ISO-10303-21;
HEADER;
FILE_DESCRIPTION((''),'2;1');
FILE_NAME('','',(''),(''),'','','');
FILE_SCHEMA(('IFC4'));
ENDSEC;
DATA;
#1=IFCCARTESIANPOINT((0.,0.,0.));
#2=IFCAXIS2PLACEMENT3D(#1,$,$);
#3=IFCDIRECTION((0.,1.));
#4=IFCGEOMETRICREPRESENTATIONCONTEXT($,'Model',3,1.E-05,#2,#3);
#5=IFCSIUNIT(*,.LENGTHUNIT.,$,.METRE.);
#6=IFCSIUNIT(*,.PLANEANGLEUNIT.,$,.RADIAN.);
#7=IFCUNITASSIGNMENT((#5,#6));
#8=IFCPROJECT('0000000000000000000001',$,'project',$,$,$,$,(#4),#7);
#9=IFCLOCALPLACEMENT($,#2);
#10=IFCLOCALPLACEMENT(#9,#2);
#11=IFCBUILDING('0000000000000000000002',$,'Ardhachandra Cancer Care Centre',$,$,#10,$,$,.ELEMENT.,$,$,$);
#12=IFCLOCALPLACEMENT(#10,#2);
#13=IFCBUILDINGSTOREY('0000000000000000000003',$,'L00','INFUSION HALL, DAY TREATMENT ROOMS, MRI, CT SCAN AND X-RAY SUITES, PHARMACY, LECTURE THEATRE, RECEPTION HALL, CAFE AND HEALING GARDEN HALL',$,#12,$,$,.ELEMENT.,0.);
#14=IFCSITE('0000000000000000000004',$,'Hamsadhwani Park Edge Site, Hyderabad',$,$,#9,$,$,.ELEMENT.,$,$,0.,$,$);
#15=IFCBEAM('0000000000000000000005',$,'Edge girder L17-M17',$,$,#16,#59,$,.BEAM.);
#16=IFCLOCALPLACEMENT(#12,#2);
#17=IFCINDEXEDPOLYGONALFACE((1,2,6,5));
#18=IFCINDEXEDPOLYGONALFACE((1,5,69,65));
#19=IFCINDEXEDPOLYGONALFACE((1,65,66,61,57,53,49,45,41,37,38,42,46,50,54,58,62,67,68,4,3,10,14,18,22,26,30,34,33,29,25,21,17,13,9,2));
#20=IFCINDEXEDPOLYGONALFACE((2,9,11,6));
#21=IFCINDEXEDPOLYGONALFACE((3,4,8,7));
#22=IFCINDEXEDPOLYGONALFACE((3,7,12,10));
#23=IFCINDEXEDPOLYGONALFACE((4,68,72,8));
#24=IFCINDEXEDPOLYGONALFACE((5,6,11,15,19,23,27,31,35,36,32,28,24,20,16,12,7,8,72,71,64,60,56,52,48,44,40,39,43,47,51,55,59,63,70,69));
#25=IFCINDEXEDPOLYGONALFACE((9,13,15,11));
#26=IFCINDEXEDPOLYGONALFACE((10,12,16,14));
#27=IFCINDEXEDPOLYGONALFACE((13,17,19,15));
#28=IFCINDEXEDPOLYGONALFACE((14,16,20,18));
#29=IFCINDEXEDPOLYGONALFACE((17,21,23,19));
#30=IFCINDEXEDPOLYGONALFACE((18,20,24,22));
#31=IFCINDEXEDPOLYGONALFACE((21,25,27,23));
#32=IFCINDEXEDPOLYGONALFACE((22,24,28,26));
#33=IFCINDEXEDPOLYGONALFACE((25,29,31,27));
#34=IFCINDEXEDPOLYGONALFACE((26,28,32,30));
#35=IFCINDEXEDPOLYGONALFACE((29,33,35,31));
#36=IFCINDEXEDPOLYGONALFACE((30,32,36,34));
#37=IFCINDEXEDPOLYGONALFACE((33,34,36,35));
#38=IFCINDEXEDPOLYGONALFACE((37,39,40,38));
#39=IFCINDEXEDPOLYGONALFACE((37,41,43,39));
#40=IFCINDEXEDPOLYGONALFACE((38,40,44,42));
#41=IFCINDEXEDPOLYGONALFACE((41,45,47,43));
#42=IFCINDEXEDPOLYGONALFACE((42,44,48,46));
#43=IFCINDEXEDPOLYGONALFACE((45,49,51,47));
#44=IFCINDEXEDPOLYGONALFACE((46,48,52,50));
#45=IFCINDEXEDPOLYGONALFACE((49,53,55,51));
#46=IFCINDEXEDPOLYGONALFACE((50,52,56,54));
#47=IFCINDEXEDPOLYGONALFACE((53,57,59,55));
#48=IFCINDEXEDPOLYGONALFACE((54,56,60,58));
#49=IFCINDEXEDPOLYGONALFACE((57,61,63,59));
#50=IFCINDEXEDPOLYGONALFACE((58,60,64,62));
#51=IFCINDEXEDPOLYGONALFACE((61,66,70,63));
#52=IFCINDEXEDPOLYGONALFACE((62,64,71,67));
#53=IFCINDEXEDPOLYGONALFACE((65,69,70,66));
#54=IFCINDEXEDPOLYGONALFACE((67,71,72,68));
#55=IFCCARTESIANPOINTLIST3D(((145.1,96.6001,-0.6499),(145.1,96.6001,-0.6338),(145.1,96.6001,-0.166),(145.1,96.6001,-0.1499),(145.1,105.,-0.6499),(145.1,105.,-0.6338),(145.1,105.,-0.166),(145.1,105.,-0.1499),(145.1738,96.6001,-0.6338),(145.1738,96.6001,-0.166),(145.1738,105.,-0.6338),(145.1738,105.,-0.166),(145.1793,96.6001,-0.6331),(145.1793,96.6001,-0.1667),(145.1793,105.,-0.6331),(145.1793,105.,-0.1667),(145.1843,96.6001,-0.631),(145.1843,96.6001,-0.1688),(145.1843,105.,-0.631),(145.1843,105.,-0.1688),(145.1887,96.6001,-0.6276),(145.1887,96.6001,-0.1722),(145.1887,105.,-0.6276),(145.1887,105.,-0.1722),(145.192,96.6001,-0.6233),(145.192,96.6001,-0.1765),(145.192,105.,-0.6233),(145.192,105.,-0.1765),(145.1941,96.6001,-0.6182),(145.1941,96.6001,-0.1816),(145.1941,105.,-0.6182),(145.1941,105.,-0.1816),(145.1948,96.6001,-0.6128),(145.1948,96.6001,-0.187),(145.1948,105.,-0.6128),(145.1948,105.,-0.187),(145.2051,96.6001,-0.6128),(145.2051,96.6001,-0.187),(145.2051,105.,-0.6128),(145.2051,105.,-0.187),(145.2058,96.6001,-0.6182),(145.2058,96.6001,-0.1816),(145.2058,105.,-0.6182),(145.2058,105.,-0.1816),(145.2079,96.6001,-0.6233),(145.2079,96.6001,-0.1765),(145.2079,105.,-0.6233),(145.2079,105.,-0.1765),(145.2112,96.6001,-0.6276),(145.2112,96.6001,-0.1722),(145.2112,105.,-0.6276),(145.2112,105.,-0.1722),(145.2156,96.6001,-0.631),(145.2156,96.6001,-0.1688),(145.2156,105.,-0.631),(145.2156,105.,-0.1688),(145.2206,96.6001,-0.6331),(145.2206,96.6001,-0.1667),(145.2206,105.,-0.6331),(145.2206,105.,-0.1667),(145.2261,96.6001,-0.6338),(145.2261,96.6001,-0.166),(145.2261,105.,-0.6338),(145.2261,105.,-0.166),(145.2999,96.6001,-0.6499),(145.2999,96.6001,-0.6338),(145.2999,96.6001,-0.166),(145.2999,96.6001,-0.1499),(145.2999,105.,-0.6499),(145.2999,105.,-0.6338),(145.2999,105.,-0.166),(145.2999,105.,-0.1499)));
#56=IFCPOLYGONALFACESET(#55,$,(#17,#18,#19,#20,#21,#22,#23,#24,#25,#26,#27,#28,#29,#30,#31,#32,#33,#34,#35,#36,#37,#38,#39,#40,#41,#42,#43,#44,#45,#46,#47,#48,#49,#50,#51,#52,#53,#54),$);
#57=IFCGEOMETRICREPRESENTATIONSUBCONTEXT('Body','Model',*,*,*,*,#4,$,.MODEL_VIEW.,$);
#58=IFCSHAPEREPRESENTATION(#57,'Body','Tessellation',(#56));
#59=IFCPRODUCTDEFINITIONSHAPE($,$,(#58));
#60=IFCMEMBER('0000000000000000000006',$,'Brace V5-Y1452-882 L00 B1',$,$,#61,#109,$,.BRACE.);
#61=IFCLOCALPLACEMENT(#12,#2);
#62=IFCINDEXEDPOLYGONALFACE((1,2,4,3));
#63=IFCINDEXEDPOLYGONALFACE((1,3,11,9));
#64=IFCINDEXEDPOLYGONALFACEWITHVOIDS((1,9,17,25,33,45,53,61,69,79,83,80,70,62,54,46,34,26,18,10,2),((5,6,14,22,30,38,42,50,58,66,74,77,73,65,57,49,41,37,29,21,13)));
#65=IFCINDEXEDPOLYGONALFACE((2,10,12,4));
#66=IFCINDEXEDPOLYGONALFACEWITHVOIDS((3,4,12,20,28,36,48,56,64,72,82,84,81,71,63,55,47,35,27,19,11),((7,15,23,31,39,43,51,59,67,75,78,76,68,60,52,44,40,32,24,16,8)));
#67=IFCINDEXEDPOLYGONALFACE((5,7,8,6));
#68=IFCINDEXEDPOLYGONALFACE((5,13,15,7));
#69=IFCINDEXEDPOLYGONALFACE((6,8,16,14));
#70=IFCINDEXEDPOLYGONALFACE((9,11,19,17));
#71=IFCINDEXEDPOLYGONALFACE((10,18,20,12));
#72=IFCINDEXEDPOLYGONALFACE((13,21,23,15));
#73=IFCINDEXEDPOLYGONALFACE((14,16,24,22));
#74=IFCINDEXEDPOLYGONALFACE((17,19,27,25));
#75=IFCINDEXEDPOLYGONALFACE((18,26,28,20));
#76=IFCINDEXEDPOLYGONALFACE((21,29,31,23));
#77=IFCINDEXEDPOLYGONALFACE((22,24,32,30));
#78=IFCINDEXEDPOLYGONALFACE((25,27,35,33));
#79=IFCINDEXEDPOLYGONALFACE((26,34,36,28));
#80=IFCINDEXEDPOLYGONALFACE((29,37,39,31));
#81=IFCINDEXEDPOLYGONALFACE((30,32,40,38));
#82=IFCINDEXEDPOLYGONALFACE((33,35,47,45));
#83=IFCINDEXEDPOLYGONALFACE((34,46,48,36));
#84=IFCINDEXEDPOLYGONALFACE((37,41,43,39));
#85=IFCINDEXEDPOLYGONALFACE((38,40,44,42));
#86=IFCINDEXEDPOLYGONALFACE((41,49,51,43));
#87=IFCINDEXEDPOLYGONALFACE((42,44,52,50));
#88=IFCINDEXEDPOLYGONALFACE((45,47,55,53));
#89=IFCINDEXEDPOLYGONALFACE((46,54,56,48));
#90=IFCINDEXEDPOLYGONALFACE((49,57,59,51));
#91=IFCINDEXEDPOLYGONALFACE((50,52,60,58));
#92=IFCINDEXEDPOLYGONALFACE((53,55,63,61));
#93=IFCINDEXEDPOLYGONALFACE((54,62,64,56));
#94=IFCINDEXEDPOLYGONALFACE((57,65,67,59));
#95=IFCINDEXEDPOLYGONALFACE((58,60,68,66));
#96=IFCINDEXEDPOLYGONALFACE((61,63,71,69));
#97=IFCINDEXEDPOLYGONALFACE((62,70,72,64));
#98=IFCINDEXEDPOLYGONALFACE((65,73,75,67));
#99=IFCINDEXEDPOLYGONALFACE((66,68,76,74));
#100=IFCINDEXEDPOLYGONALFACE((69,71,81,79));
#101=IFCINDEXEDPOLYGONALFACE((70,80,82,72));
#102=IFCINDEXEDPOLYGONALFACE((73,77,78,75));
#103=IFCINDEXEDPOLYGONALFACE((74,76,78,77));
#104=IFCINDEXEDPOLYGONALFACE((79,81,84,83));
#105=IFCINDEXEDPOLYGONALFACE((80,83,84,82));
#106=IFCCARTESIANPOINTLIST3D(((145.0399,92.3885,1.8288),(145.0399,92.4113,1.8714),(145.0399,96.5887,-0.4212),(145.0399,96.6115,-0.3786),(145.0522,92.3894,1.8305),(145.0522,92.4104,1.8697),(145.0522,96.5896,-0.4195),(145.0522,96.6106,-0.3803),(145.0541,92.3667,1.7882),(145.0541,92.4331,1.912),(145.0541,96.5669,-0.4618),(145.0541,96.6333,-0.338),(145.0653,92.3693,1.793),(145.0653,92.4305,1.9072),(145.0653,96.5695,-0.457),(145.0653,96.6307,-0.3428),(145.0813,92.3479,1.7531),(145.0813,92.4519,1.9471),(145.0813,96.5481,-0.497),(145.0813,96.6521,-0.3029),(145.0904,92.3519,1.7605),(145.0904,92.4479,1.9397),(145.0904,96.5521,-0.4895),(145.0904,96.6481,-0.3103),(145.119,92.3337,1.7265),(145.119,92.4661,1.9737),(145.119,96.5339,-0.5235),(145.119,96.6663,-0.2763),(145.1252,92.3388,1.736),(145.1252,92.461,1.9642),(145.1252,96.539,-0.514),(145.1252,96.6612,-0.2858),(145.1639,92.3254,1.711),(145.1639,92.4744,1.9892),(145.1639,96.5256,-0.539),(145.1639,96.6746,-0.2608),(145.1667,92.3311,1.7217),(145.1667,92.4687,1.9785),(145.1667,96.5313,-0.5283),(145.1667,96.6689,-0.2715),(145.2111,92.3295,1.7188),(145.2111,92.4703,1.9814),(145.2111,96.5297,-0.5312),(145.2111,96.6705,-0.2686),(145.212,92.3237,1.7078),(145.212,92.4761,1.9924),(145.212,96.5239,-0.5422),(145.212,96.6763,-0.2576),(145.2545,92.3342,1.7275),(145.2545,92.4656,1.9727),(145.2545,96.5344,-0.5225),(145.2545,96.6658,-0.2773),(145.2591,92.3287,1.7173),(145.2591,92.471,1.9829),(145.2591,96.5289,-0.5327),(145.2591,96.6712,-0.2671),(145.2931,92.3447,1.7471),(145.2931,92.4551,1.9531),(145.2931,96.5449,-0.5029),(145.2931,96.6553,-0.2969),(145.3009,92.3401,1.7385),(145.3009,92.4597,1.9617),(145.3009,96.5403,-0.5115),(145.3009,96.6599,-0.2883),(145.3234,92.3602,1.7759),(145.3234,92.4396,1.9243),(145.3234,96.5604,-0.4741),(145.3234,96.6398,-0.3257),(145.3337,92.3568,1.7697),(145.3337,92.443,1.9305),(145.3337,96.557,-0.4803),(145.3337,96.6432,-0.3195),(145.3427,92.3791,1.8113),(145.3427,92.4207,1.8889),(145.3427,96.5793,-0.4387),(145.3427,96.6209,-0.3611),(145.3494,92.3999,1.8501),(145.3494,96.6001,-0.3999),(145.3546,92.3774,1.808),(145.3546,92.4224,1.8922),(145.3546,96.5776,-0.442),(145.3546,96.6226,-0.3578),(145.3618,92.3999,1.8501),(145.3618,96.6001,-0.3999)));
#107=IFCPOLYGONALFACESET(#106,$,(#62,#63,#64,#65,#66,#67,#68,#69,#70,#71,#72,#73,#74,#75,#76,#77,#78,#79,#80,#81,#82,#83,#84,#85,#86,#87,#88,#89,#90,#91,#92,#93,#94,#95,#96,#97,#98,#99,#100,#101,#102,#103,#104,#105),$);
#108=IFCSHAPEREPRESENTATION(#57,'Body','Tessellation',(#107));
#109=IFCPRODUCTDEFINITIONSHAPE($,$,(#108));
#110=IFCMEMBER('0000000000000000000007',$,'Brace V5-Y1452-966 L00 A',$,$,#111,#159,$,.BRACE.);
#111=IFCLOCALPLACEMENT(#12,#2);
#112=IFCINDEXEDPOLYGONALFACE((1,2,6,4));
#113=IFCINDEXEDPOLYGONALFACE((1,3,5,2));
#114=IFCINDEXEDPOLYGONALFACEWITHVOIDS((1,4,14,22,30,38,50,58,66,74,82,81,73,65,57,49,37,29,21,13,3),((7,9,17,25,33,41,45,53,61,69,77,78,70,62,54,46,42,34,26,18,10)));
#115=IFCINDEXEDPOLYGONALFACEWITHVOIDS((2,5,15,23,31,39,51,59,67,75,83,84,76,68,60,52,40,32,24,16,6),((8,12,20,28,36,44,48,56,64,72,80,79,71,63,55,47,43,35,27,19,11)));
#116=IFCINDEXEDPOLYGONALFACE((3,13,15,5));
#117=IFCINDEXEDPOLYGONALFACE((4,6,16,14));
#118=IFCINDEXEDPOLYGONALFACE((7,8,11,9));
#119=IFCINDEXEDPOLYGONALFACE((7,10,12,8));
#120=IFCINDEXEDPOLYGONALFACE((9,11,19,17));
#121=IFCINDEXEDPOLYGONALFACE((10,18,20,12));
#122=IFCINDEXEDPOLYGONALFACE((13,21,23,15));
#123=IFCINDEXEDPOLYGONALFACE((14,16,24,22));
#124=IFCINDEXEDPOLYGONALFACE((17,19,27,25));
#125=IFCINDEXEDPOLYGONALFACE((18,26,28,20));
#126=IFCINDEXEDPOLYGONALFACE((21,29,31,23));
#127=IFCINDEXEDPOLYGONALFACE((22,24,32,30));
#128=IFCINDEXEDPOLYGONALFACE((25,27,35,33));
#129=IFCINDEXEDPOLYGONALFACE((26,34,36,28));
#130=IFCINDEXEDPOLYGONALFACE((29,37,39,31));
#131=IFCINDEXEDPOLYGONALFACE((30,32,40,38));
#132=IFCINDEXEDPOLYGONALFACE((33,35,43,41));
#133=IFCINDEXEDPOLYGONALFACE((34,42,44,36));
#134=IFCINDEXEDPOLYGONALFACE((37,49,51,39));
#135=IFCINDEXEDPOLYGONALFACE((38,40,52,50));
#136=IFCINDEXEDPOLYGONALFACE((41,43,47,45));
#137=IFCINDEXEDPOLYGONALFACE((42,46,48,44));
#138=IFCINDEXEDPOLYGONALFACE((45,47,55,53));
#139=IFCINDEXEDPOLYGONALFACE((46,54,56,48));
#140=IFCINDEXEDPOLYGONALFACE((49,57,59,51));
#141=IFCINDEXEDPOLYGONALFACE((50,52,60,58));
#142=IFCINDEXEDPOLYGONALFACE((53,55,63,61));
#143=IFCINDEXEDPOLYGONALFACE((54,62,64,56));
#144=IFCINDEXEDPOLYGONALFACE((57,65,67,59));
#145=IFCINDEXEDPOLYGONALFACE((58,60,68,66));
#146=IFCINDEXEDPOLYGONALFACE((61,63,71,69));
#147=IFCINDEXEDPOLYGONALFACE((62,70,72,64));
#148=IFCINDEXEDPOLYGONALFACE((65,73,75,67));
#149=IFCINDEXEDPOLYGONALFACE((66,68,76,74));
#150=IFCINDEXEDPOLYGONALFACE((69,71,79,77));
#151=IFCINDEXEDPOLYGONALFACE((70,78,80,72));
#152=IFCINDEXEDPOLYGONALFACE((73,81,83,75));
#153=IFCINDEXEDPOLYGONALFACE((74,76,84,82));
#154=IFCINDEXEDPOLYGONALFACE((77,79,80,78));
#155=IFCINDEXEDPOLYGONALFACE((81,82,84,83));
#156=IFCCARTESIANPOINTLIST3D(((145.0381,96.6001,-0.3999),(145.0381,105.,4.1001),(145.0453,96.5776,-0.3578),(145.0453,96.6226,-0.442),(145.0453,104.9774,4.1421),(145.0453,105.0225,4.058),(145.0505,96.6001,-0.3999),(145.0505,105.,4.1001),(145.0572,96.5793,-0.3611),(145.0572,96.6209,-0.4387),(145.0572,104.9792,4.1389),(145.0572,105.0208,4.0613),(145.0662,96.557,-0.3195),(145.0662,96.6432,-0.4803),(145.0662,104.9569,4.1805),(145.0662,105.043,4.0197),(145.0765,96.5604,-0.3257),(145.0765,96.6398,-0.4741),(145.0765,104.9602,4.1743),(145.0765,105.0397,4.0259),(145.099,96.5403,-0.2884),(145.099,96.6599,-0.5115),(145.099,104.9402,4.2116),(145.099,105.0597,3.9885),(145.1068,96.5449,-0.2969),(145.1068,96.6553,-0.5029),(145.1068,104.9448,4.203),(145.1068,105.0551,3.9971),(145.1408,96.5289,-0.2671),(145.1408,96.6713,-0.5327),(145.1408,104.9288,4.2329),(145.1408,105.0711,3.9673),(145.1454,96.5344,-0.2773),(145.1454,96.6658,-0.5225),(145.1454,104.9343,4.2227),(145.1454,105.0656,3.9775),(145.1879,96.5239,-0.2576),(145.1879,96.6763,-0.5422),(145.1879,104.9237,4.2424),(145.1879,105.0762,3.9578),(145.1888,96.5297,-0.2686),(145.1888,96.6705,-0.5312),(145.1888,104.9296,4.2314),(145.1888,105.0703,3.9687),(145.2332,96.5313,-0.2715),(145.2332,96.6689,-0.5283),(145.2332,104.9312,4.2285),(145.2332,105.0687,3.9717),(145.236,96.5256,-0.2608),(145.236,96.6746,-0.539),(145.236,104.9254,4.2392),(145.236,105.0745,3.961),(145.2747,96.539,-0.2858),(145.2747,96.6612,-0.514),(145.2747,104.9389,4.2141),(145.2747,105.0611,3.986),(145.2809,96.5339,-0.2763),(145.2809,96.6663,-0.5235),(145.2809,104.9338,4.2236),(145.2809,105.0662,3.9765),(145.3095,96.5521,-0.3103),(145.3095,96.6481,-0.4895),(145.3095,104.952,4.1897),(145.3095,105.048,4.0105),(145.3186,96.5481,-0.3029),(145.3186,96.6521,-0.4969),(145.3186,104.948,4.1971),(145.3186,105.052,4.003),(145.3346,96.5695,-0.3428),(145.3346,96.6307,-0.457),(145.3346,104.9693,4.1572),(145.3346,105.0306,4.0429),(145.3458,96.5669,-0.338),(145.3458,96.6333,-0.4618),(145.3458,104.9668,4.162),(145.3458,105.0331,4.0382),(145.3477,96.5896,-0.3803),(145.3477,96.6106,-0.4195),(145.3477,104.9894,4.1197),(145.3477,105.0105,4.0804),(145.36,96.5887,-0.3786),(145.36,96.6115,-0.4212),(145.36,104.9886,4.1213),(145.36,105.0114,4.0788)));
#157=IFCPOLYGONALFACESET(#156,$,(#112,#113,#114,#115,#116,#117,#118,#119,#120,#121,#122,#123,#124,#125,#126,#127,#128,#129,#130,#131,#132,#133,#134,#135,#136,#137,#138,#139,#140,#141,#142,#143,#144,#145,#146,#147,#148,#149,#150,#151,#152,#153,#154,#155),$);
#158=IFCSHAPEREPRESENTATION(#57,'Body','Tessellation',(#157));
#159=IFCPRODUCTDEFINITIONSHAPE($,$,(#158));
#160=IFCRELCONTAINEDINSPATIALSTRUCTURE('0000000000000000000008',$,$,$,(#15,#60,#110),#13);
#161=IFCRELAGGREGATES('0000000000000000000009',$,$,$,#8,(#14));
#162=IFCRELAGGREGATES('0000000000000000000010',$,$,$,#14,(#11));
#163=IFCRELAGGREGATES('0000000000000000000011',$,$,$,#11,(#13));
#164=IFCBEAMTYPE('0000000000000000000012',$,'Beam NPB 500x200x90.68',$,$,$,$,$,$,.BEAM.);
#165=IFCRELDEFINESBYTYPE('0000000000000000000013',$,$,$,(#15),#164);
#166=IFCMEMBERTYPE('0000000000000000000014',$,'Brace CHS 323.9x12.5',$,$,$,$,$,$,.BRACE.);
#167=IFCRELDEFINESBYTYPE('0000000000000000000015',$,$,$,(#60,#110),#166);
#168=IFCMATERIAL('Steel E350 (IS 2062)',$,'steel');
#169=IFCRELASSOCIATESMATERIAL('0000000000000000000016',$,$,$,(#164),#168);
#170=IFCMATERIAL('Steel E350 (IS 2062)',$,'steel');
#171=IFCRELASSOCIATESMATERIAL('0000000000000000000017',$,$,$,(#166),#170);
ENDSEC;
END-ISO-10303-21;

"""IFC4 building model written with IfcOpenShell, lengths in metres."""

from ifc_helpers import new_model, si_unit, direction, frame, origin, origin_2d, place, context, subcontext, project, spatial, hollow_circle, i_section, extrude, material, material_profile, profile_set, type_object, element, save


model = new_model("IFC4")

# Units and contexts
model_context = context("Model", 3, precision=1e-05, world=origin(), true_north=direction((0.0, 1.0)))
body_context = subcontext(model_context, "Body", "Model", "MODEL_VIEW")
ifc_project = project(units=[si_unit("LENGTHUNIT", "METRE"), si_unit("PLANEANGLEUNIT", "RADIAN")], contexts=[model_context])

# Site, building, storey
site_placement = place(None, origin())
site = spatial("IfcSite", under=ifc_project, at=site_placement, Name="Hamsadhwani Park Edge Site, Hyderabad", CompositionType="ELEMENT", RefElevation=0.0)
building_placement = place(site_placement, origin())
building = spatial("IfcBuilding", under=site, at=building_placement, Name="Ardhachandra Cancer Care Centre", CompositionType="ELEMENT")
storey_placement = place(building_placement, origin())
storey = spatial("IfcBuildingStorey", under=building, at=storey_placement, Name="L00", Description="INFUSION HALL, DAY TREATMENT ROOMS, MRI, CT SCAN AND X-RAY SUITES, PHARMACY, LECTURE THEATRE, RECEPTION HALL, CAFE AND HEALING GARDEN HALL", CompositionType="ELEMENT", Elevation=0.0)

# Beam
ifc_material_1 = material(Name="Steel E350 (IS 2062)", Category="steel")
ifc_material_profile_1 = material_profile(ifc_material_1, i_section(OverallWidth=0.2, OverallDepth=0.5, WebThickness=0.0103, FlangeThickness=0.0161, FilletRadius=0.021, at=origin_2d()), Name="NPB 500x200x90.68")
ifc_profile_set_1 = profile_set([ifc_material_profile_1], Name="Steel E350 (IS 2062)")
beam_type_1 = type_object("IfcBeamType", Name="Beam NPB 500x200x90.68", PredefinedType="BEAM", material=ifc_profile_set_1)
beam_placement = place(storey_placement, frame((145.2, 96.6001, -0.3999), z_axis=(0.0, 1.0, 0.0), x_axis=(-1.0, 0.0, 0.0)))
element("IfcBeam", 1, at=beam_placement, inside=storey, type_object=beam_type_1, Name="Edge girder L17-M17", PredefinedType="BEAM", context=body_context, shape_type="SweptSolid", body=[
    extrude(i_section(OverallWidth=0.2, OverallDepth=0.5, WebThickness=0.0103, FlangeThickness=0.0161, FilletRadius=0.021, at=origin_2d()), origin(), (0.0, 0.0, 1.0), 8.3999),
])

# Members
ifc_material_2 = material(Name="Steel E350 (IS 2062)", Category="steel")
ifc_material_profile_2 = material_profile(ifc_material_2, hollow_circle(Radius=0.1619, WallThickness=0.0125, at=origin_2d()), Name="CHS 323.9x12.5")
ifc_profile_set_2 = profile_set([ifc_material_profile_2], Name="Steel E350 (IS 2062)")
member_type_1 = type_object("IfcMemberType", Name="Brace CHS 323.9x12.5", PredefinedType="BRACE", material=ifc_profile_set_2)
member_1_placement = place(storey_placement, frame((145.2, 96.6001, -0.3999), z_axis=(0.0, -0.881489, 0.472204), x_axis=(1.0, 0.0, 0.0)))
element("IfcMember", 2, at=member_1_placement, inside=storey, type_object=member_type_1, Name="Brace V5-Y1452-882 L00 B1", PredefinedType="BRACE", context=body_context, shape_type="SweptSolid", body=[
    extrude(hollow_circle(Radius=0.1619, WallThickness=0.0125, at=origin_2d()), origin(), (0.0, 0.0, 1.0), 4.7649),
])
member_2_placement = place(storey_placement, frame((145.2, 96.6001, -0.3999), z_axis=(0.0, 0.881478, 0.472226), x_axis=(-1.0, 0.0, 0.0)))
element("IfcMember", 3, at=member_2_placement, inside=storey, type_object=member_type_1, Name="Brace V5-Y1452-966 L00 A", PredefinedType="BRACE", context=body_context, shape_type="SweptSolid", body=[
    extrude(hollow_circle(Radius=0.1619, WallThickness=0.0125, at=origin_2d()), origin(), (0.0, 0.0, 1.0), 9.5293),
])

save(model, "model.ifc")
